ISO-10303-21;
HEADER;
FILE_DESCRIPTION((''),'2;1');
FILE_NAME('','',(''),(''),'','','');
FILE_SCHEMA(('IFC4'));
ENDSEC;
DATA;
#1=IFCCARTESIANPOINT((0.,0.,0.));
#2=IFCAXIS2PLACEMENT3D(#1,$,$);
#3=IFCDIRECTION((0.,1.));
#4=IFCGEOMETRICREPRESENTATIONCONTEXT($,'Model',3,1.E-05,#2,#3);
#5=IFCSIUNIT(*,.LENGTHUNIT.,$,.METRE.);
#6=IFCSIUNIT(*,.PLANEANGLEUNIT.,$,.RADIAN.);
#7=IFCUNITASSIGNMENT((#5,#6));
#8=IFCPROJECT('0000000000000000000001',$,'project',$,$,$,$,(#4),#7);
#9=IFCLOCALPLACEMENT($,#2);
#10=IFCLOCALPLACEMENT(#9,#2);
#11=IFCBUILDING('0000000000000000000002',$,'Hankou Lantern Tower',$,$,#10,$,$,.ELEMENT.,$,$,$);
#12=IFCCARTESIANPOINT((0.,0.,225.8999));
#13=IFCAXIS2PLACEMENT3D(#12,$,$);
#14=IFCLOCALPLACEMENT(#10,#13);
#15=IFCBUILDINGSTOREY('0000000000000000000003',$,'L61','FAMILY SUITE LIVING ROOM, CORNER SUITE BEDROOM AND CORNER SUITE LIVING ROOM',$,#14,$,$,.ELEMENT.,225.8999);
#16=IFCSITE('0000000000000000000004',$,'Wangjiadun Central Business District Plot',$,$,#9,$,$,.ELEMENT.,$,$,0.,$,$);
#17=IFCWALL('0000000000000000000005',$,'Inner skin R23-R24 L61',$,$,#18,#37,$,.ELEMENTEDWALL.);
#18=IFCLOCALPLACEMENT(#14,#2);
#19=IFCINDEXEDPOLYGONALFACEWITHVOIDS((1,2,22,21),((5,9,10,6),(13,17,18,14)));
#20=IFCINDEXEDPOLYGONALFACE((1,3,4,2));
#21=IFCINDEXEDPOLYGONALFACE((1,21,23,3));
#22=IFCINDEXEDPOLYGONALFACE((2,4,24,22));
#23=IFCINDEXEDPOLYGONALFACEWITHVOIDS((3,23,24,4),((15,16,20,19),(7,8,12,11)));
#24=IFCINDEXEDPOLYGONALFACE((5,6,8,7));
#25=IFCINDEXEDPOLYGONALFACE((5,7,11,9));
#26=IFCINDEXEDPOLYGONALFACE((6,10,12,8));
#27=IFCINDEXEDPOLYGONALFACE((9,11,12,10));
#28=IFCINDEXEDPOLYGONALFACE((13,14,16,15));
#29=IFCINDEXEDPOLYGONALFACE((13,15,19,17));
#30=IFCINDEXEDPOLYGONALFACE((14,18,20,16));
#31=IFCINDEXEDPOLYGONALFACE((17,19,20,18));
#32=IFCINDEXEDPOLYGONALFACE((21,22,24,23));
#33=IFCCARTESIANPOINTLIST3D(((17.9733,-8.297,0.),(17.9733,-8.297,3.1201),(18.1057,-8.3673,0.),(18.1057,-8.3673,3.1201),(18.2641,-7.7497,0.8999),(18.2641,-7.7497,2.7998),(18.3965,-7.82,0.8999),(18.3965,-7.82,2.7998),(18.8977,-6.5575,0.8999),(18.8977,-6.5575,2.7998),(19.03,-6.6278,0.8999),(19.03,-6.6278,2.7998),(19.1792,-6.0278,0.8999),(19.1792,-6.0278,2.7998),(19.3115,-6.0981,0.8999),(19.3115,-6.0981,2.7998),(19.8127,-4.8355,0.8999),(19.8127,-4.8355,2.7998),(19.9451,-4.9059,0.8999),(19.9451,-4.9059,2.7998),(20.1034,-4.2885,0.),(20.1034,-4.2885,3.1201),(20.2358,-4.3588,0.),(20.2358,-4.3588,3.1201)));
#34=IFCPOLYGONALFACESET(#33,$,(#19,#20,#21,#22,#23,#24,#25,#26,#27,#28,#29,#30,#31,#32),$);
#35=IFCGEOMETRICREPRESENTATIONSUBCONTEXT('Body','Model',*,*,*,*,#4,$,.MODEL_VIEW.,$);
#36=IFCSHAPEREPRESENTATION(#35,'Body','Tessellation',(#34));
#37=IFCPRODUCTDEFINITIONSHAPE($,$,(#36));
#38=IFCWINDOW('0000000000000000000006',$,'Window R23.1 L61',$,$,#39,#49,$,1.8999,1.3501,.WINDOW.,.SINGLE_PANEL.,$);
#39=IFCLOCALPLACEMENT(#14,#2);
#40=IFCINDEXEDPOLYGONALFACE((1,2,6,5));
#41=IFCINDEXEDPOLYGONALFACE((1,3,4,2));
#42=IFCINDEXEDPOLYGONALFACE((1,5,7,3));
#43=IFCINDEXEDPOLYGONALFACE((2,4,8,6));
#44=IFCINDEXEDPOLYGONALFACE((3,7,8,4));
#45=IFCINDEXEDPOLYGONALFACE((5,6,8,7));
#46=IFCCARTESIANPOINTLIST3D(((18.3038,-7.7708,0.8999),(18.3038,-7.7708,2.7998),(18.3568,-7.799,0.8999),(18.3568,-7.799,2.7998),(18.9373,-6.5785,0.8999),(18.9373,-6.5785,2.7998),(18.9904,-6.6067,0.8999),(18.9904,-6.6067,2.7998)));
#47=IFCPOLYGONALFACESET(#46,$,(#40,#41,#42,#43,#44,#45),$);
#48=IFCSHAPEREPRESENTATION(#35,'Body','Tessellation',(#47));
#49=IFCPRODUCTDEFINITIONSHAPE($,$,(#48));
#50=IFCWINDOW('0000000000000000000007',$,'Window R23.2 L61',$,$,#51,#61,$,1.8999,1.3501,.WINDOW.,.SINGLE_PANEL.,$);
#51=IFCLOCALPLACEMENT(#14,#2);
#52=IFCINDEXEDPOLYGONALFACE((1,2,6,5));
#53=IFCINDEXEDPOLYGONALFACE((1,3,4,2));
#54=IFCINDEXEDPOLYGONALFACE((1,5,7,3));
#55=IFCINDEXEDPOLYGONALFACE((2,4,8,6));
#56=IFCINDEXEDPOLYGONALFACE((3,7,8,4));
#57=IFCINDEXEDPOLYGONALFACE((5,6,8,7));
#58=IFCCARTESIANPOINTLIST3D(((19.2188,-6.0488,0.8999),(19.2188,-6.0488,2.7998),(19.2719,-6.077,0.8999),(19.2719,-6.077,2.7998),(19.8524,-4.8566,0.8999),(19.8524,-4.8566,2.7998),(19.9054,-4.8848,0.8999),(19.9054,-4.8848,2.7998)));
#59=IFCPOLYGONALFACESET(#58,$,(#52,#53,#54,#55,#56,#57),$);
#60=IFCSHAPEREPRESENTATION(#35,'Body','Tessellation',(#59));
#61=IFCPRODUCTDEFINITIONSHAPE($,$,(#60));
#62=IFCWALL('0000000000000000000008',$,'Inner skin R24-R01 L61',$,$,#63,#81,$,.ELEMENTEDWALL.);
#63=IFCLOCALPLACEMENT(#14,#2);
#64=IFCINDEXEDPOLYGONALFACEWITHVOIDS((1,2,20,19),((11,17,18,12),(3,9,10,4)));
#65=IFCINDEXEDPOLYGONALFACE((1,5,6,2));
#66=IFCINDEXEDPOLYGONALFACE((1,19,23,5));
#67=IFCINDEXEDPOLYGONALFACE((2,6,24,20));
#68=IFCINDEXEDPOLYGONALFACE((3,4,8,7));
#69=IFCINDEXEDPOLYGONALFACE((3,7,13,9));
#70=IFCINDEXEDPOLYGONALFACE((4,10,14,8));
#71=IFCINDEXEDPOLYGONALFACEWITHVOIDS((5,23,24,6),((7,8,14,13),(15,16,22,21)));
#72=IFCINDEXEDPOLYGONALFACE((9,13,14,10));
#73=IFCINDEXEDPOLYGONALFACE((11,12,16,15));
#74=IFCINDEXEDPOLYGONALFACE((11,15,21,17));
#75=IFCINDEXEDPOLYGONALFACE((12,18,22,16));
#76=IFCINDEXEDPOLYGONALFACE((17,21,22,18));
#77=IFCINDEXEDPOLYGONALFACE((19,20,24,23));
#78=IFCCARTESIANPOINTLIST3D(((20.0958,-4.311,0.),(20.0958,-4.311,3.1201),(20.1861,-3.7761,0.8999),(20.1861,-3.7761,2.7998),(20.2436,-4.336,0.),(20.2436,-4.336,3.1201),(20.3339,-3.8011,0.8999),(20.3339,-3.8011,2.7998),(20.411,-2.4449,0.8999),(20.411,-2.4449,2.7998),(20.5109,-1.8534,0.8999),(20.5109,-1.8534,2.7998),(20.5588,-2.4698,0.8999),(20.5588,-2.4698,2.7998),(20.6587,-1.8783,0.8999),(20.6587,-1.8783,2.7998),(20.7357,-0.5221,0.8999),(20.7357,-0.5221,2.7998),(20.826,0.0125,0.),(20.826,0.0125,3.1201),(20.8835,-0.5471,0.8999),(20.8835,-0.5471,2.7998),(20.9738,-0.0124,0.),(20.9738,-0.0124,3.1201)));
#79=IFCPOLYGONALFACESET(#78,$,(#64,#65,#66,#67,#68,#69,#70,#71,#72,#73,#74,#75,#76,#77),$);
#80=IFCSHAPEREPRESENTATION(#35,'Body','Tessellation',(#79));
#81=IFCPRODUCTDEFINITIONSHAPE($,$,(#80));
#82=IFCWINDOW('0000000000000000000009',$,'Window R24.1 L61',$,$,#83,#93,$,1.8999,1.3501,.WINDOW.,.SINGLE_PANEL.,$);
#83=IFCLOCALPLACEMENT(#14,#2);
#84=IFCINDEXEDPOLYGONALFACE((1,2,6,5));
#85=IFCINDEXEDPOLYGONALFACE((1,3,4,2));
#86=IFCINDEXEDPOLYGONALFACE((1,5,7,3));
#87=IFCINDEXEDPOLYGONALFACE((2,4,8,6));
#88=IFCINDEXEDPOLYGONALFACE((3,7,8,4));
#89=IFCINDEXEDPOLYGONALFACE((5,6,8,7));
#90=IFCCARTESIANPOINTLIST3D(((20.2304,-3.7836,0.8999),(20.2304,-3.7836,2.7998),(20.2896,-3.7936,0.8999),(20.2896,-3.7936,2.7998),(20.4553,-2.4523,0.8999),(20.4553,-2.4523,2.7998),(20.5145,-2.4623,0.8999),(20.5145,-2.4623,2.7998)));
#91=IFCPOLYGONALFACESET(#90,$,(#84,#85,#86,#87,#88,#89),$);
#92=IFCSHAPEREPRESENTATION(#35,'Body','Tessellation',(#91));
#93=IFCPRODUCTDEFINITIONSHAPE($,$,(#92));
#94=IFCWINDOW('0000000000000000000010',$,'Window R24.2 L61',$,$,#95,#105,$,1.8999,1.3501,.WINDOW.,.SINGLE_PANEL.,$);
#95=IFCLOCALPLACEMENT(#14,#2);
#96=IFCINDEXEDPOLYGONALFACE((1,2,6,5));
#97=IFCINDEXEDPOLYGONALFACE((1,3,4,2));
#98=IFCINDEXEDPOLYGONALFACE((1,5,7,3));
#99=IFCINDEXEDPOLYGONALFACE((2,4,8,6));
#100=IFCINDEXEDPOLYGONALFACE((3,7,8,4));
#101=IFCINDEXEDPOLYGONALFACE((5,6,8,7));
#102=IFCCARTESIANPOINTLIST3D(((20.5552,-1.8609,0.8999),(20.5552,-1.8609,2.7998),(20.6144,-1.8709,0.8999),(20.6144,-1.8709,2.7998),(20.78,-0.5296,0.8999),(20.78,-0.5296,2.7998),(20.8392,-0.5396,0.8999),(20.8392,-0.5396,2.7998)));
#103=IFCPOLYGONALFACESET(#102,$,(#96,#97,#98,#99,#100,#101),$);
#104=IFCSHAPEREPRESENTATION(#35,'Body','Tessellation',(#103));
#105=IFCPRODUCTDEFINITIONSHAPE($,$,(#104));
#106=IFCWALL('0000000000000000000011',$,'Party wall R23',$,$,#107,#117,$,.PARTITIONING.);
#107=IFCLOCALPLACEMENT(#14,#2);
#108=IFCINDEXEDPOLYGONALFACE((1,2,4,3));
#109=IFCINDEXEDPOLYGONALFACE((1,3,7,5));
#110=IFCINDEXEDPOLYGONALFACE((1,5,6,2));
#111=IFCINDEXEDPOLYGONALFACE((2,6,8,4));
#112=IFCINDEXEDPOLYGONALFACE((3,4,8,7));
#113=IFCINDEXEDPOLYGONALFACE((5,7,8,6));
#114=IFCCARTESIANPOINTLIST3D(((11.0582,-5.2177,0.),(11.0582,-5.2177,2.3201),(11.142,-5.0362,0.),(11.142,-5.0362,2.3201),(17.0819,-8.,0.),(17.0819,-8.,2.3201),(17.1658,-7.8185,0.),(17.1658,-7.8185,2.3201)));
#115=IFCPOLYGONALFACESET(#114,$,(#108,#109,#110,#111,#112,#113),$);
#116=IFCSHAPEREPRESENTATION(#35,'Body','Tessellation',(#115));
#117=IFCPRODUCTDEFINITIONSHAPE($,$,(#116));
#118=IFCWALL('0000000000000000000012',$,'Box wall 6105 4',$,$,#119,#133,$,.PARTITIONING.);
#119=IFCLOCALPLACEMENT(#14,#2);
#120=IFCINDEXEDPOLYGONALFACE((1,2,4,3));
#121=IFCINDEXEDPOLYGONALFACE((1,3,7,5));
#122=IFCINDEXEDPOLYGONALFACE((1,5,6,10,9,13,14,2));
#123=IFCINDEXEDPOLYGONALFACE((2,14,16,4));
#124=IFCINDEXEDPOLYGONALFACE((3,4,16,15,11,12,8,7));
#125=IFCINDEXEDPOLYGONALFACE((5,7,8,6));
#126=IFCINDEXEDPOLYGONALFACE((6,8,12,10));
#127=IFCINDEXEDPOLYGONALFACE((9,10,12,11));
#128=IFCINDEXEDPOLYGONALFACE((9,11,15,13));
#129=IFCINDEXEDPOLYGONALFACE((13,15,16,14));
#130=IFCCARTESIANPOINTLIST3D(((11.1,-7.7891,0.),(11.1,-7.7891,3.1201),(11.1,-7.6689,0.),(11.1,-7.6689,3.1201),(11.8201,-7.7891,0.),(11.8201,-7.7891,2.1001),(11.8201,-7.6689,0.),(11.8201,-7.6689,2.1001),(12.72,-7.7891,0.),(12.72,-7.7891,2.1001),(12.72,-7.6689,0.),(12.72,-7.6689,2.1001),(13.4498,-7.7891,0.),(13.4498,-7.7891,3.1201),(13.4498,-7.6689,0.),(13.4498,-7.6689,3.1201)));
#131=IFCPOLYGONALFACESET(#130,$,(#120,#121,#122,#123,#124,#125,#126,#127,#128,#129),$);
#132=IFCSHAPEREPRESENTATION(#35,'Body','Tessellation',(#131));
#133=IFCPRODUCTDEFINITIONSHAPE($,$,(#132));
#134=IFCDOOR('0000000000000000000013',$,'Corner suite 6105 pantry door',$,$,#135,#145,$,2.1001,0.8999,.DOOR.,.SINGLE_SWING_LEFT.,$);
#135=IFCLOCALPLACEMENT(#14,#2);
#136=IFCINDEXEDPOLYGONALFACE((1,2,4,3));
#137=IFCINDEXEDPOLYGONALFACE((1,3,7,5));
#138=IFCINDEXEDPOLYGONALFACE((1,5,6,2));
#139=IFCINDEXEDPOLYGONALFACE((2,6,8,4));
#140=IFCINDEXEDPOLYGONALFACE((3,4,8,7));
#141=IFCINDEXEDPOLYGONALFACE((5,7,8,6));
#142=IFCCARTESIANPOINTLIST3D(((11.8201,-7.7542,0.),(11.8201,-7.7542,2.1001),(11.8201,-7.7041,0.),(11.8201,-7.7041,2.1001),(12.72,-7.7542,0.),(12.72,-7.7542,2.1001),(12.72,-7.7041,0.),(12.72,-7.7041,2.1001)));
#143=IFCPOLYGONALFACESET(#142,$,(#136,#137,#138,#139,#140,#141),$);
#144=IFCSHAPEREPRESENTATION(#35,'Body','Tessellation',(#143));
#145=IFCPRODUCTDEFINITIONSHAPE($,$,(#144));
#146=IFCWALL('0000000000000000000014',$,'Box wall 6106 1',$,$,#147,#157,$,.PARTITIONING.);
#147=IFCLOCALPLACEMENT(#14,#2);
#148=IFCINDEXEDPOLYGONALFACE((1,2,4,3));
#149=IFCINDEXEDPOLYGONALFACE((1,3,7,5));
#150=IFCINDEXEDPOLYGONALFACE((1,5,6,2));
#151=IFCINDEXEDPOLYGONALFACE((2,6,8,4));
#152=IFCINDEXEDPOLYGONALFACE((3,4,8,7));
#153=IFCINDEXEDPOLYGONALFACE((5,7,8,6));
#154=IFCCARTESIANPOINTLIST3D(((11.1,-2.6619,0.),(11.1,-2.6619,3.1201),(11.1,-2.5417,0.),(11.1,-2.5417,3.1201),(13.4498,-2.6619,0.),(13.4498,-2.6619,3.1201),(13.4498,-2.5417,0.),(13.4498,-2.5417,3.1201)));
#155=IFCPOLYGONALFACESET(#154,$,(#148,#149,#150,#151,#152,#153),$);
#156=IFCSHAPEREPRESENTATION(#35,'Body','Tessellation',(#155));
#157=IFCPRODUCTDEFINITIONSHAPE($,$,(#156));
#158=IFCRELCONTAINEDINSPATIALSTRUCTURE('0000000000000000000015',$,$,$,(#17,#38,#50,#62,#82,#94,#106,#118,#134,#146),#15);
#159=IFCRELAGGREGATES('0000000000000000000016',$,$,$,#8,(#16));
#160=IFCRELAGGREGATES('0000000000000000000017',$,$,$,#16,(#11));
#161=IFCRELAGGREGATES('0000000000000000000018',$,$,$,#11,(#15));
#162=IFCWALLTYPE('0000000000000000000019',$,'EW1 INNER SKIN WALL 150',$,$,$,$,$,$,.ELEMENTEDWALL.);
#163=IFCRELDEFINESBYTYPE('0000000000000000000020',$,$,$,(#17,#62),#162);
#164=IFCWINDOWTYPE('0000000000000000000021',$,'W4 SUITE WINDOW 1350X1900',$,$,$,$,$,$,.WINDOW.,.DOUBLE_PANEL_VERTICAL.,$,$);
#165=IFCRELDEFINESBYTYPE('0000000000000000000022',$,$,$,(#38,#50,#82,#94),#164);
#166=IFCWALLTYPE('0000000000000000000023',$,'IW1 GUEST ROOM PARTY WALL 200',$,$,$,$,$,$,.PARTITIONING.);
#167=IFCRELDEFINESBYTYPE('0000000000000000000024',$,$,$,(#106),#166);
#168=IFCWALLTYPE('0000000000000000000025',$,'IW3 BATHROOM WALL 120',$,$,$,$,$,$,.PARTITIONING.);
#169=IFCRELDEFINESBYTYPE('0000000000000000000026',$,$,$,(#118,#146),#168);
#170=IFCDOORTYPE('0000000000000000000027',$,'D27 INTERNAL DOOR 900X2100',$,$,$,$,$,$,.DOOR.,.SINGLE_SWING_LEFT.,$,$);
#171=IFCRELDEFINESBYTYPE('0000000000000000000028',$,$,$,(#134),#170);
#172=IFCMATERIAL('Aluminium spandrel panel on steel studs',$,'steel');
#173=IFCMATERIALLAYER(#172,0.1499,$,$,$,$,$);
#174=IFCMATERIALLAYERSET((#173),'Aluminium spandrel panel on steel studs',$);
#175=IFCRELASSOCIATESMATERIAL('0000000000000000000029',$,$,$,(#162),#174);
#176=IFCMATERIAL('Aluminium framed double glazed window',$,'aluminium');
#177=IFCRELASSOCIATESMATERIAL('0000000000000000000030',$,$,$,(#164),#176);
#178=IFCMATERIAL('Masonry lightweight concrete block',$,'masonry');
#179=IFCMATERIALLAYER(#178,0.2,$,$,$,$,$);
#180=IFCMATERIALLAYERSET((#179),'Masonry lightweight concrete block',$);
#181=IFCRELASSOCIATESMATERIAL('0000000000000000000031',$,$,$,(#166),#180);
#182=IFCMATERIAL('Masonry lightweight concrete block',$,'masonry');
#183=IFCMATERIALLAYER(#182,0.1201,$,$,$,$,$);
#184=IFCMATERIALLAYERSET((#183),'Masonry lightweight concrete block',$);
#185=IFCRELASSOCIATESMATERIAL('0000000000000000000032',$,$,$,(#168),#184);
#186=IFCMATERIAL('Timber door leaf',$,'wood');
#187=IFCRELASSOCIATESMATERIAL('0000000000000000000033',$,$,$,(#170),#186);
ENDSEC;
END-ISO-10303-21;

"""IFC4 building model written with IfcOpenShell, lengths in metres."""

from ifc_helpers import new_model, si_unit, direction, frame, frame_2d, origin, place, context, subcontext, project, spatial, rectangle, extrude, material, layer, layer_set, type_object, element, fill, save


model = new_model("IFC4")

# Units and contexts
model_context = context("Model", 3, precision=1e-05, world=origin(), true_north=direction((0.0, 1.0)))
body_context = subcontext(model_context, "Body", "Model", "MODEL_VIEW")
ifc_project = project(units=[si_unit("LENGTHUNIT", "METRE"), si_unit("PLANEANGLEUNIT", "RADIAN")], contexts=[model_context])

# Site, building, storey
site_placement = place(None, origin())
site = spatial("IfcSite", under=ifc_project, at=site_placement, Name="Wangjiadun Central Business District Plot", CompositionType="ELEMENT", RefElevation=0.0)
building_placement = place(site_placement, origin())
building = spatial("IfcBuilding", under=site, at=building_placement, Name="Hankou Lantern Tower", CompositionType="ELEMENT")
storey_placement = place(building_placement, frame((0.0, 0.0, 225.8999)))
storey = spatial("IfcBuildingStorey", under=building, at=storey_placement, Name="L61", Description="FAMILY SUITE LIVING ROOM, CORNER SUITE BEDROOM AND CORNER SUITE LIVING ROOM", CompositionType="ELEMENT", Elevation=225.8999)

# Walls, openings, windows
ifc_material_1 = material(Name="Aluminium spandrel panel on steel studs", Category="steel")
ifc_layer_1 = layer(ifc_material_1, 0.1499)
ifc_layer_set_1 = layer_set([ifc_layer_1], Name="Aluminium spandrel panel on steel studs")
wall_type_1 = type_object("IfcWallType", Name="EW1 INNER SKIN WALL 150", PredefinedType="ELEMENTEDWALL", material=ifc_layer_set_1)
wall_1_placement = place(storey_placement, frame((18.0396, -8.332, 0.0), z_axis=(0.0, 0.0, 1.0), x_axis=(0.469256, 0.883062, 0.0)))
wall_1 = element("IfcWall", 1, at=wall_1_placement, inside=storey, type_object=wall_type_1, Name="Inner skin R23-R24 L61", PredefinedType="ELEMENTEDWALL", context=body_context, shape_type="SweptSolid", body=[
    extrude(rectangle(XDim=4.5393, YDim=0.1499, at=frame_2d((2.2695, 0.0))), origin(), (0.0, 0.0, 1.0), 3.1201),
])
opening_1_placement = place(wall_1_placement, frame((0.6196, 0.0, 0.8999)))
opening_1 = element("IfcOpeningElement", 2, at=opening_1_placement, cuts=wall_1, PredefinedType="OPENING", context=body_context, shape_type="SweptSolid", body=[
    extrude(rectangle(XDim=1.3501, YDim=1.8999, at=frame_2d((0.675, 0.95))), frame((0.0, 0.085, 0.0), z_axis=(0.0, -1.0, 0.0), x_axis=(1.0, 0.0, 0.0)), (0.0, 0.0, 1.0), 0.1699),
])
opening_2_placement = place(wall_1_placement, frame((2.5696, 0.0, 0.8999)))
opening_2 = element("IfcOpeningElement", 3, at=opening_2_placement, cuts=wall_1, PredefinedType="OPENING", context=body_context, shape_type="SweptSolid", body=[
    extrude(rectangle(XDim=1.3501, YDim=1.8999, at=frame_2d((0.675, 0.95))), frame((0.0, 0.085, 0.0), z_axis=(0.0, -1.0, 0.0), x_axis=(1.0, 0.0, 0.0)), (0.0, 0.0, 1.0), 0.1699),
])
ifc_material_2 = material(Name="Aluminium framed double glazed window", Category="aluminium")
window_type = type_object("IfcWindowType", Name="W4 SUITE WINDOW 1350X1900", PartitioningType="DOUBLE_PANEL_VERTICAL", PredefinedType="WINDOW", material=ifc_material_2)
window_1_placement = place(opening_1_placement, origin())
window_1 = element("IfcWindow", 4, at=window_1_placement, inside=storey, type_object=window_type, Name="Window R23.1 L61", OverallHeight=1.8999, OverallWidth=1.3501, PartitioningType="SINGLE_PANEL", PredefinedType="WINDOW", context=body_context, shape_type="SweptSolid", body=[
    extrude(rectangle(XDim=1.3501, YDim=1.8999, at=frame_2d((0.675, 0.95))), frame((0.0, 0.03, 0.0), z_axis=(0.0, -1.0, 0.0), x_axis=(1.0, 0.0, 0.0)), (0.0, 0.0, 1.0), 0.0601),
])
fill(opening_1, window_1)
window_2_placement = place(opening_2_placement, origin())
window_2 = element("IfcWindow", 5, at=window_2_placement, inside=storey, type_object=window_type, Name="Window R23.2 L61", OverallHeight=1.8999, OverallWidth=1.3501, PartitioningType="SINGLE_PANEL", PredefinedType="WINDOW", context=body_context, shape_type="SweptSolid", body=[
    extrude(rectangle(XDim=1.3501, YDim=1.8999, at=frame_2d((0.675, 0.95))), frame((0.0, 0.03, 0.0), z_axis=(0.0, -1.0, 0.0), x_axis=(1.0, 0.0, 0.0)), (0.0, 0.0, 1.0), 0.0601),
])
fill(opening_2, window_2)
wall_2_placement = place(storey_placement, frame((20.1697, -4.3235, 0.0), z_axis=(0.0, 0.0, 1.0), x_axis=(0.166539, 0.986035, 0.0)))
wall_2 = element("IfcWall", 6, at=wall_2_placement, inside=storey, type_object=wall_type_1, Name="Inner skin R24-R01 L61", PredefinedType="ELEMENTEDWALL", context=body_context, shape_type="SweptSolid", body=[
    extrude(rectangle(XDim=4.3848, YDim=0.1499, at=frame_2d((2.1924, 0.0))), origin(), (0.0, 0.0, 1.0), 3.1201),
])
opening_3_placement = place(wall_2_placement, frame((0.5425, 0.0, 0.8999)))
opening_3 = element("IfcOpeningElement", 7, at=opening_3_placement, cuts=wall_2, PredefinedType="OPENING", context=body_context, shape_type="SweptSolid", body=[
    extrude(rectangle(XDim=1.3501, YDim=1.8999, at=frame_2d((0.675, 0.95))), frame((0.0, 0.085, 0.0), z_axis=(0.0, -1.0, 0.0), x_axis=(1.0, 0.0, 0.0)), (0.0, 0.0, 1.0), 0.1699),
])
opening_4_placement = place(wall_2_placement, frame((2.4924, 0.0, 0.8999)))
opening_4 = element("IfcOpeningElement", 8, at=opening_4_placement, cuts=wall_2, PredefinedType="OPENING", context=body_context, shape_type="SweptSolid", body=[
    extrude(rectangle(XDim=1.3501, YDim=1.8999, at=frame_2d((0.675, 0.95))), frame((0.0, 0.085, 0.0), z_axis=(0.0, -1.0, 0.0), x_axis=(1.0, 0.0, 0.0)), (0.0, 0.0, 1.0), 0.1699),
])
window_3_placement = place(opening_3_placement, origin())
window_3 = element("IfcWindow", 9, at=window_3_placement, inside=storey, type_object=window_type, Name="Window R24.1 L61", OverallHeight=1.8999, OverallWidth=1.3501, PartitioningType="SINGLE_PANEL", PredefinedType="WINDOW", context=body_context, shape_type="SweptSolid", body=[
    extrude(rectangle(XDim=1.3501, YDim=1.8999, at=frame_2d((0.675, 0.95))), frame((0.0, 0.03, 0.0), z_axis=(0.0, -1.0, 0.0), x_axis=(1.0, 0.0, 0.0)), (0.0, 0.0, 1.0), 0.0601),
])
fill(opening_3, window_3)
window_4_placement = place(opening_4_placement, origin())
window_4 = element("IfcWindow", 10, at=window_4_placement, inside=storey, type_object=window_type, Name="Window R24.2 L61", OverallHeight=1.8999, OverallWidth=1.3501, PartitioningType="SINGLE_PANEL", PredefinedType="WINDOW", context=body_context, shape_type="SweptSolid", body=[
    extrude(rectangle(XDim=1.3501, YDim=1.8999, at=frame_2d((0.675, 0.95))), frame((0.0, 0.03, 0.0), z_axis=(0.0, -1.0, 0.0), x_axis=(1.0, 0.0, 0.0)), (0.0, 0.0, 1.0), 0.0601),
])
fill(opening_4, window_4)

# Wall
ifc_material_3 = material(Name="Masonry lightweight concrete block", Category="masonry")
ifc_layer_2 = layer(ifc_material_3, 0.2)
ifc_layer_set_2 = layer_set([ifc_layer_2], Name="Masonry lightweight concrete block")
wall_type_2 = type_object("IfcWallType", Name="IW1 GUEST ROOM PARTY WALL 200", PredefinedType="PARTITIONING", material=ifc_layer_set_2)
wall_3_placement = place(storey_placement, frame((11.1001, -5.127, 0.0), z_axis=(0.0, 0.0, 1.0), x_axis=(0.907841, -0.419315, 0.0)))
element("IfcWall", 11, at=wall_3_placement, inside=storey, type_object=wall_type_2, Name="Party wall R23", PredefinedType="PARTITIONING", context=body_context, shape_type="SweptSolid", body=[
    extrude(rectangle(XDim=6.6353, YDim=0.2, at=frame_2d((3.3176, 0.0))), origin(), (0.0, 0.0, 1.0), 2.3201),
])

# Wall, opening, door
ifc_material_4 = material(Name="Masonry lightweight concrete block", Category="masonry")
ifc_layer_3 = layer(ifc_material_4, 0.1201)
ifc_layer_set_3 = layer_set([ifc_layer_3], Name="Masonry lightweight concrete block")
wall_type_3 = type_object("IfcWallType", Name="IW3 BATHROOM WALL 120", PredefinedType="PARTITIONING", material=ifc_layer_set_3)
wall_4_placement = place(storey_placement, frame((11.1001, -7.729, 0.0), z_axis=(0.0, 0.0, 1.0), x_axis=(1.0, 0.0, 0.0)))
wall_4 = element("IfcWall", 12, at=wall_4_placement, inside=storey, type_object=wall_type_3, Name="Box wall 6105 4", PredefinedType="PARTITIONING", context=body_context, shape_type="SweptSolid", body=[
    extrude(rectangle(XDim=2.3499, YDim=0.1201, at=frame_2d((1.1748, 0.0))), origin(), (0.0, 0.0, 1.0), 3.1201),
])
opening_5_placement = place(wall_4_placement, frame((0.72, 0.0, 0.0)))
opening_5 = element("IfcOpeningElement", 13, at=opening_5_placement, cuts=wall_4, PredefinedType="OPENING", context=body_context, shape_type="SweptSolid", body=[
    extrude(rectangle(XDim=0.8999, YDim=2.1001, at=frame_2d((0.45, 1.05))), frame((0.0, 0.0701, 0.0), z_axis=(0.0, -1.0, 0.0), x_axis=(1.0, 0.0, 0.0)), (0.0, 0.0, 1.0), 0.1401),
])
ifc_material_5 = material(Name="Timber door leaf", Category="wood")
door_type_1 = type_object("IfcDoorType", Name="D27 INTERNAL DOOR 900X2100", OperationType="SINGLE_SWING_LEFT", PredefinedType="DOOR", material=ifc_material_5)
door_1_placement = place(opening_5_placement, origin())
door_1 = element("IfcDoor", 14, at=door_1_placement, inside=storey, type_object=door_type_1, Name="Corner suite 6105 pantry door", OperationType="SINGLE_SWING_LEFT", OverallHeight=2.1001, OverallWidth=0.8999, PredefinedType="DOOR", context=body_context, shape_type="SweptSolid", body=[
    extrude(rectangle(XDim=0.8999, YDim=2.1001, at=frame_2d((0.45, 1.05))), frame((0.0, 0.0249, 0.0), z_axis=(0.0, -1.0, 0.0), x_axis=(1.0, 0.0, 0.0)), (0.0, 0.0, 1.0), 0.05),
])
fill(opening_5, door_1)

# Wall
wall_5_placement = place(storey_placement, frame((11.1001, -2.6018, 0.0), z_axis=(0.0, 0.0, 1.0), x_axis=(1.0, 0.0, 0.0)))
element("IfcWall", 15, at=wall_5_placement, inside=storey, type_object=wall_type_3, Name="Box wall 6106 1", PredefinedType="PARTITIONING", context=body_context, shape_type="SweptSolid", body=[
    extrude(rectangle(XDim=2.3499, YDim=0.1201, at=frame_2d((1.1748, 0.0))), origin(), (0.0, 0.0, 1.0), 3.1201),
])

save(model, "model.ifc")
